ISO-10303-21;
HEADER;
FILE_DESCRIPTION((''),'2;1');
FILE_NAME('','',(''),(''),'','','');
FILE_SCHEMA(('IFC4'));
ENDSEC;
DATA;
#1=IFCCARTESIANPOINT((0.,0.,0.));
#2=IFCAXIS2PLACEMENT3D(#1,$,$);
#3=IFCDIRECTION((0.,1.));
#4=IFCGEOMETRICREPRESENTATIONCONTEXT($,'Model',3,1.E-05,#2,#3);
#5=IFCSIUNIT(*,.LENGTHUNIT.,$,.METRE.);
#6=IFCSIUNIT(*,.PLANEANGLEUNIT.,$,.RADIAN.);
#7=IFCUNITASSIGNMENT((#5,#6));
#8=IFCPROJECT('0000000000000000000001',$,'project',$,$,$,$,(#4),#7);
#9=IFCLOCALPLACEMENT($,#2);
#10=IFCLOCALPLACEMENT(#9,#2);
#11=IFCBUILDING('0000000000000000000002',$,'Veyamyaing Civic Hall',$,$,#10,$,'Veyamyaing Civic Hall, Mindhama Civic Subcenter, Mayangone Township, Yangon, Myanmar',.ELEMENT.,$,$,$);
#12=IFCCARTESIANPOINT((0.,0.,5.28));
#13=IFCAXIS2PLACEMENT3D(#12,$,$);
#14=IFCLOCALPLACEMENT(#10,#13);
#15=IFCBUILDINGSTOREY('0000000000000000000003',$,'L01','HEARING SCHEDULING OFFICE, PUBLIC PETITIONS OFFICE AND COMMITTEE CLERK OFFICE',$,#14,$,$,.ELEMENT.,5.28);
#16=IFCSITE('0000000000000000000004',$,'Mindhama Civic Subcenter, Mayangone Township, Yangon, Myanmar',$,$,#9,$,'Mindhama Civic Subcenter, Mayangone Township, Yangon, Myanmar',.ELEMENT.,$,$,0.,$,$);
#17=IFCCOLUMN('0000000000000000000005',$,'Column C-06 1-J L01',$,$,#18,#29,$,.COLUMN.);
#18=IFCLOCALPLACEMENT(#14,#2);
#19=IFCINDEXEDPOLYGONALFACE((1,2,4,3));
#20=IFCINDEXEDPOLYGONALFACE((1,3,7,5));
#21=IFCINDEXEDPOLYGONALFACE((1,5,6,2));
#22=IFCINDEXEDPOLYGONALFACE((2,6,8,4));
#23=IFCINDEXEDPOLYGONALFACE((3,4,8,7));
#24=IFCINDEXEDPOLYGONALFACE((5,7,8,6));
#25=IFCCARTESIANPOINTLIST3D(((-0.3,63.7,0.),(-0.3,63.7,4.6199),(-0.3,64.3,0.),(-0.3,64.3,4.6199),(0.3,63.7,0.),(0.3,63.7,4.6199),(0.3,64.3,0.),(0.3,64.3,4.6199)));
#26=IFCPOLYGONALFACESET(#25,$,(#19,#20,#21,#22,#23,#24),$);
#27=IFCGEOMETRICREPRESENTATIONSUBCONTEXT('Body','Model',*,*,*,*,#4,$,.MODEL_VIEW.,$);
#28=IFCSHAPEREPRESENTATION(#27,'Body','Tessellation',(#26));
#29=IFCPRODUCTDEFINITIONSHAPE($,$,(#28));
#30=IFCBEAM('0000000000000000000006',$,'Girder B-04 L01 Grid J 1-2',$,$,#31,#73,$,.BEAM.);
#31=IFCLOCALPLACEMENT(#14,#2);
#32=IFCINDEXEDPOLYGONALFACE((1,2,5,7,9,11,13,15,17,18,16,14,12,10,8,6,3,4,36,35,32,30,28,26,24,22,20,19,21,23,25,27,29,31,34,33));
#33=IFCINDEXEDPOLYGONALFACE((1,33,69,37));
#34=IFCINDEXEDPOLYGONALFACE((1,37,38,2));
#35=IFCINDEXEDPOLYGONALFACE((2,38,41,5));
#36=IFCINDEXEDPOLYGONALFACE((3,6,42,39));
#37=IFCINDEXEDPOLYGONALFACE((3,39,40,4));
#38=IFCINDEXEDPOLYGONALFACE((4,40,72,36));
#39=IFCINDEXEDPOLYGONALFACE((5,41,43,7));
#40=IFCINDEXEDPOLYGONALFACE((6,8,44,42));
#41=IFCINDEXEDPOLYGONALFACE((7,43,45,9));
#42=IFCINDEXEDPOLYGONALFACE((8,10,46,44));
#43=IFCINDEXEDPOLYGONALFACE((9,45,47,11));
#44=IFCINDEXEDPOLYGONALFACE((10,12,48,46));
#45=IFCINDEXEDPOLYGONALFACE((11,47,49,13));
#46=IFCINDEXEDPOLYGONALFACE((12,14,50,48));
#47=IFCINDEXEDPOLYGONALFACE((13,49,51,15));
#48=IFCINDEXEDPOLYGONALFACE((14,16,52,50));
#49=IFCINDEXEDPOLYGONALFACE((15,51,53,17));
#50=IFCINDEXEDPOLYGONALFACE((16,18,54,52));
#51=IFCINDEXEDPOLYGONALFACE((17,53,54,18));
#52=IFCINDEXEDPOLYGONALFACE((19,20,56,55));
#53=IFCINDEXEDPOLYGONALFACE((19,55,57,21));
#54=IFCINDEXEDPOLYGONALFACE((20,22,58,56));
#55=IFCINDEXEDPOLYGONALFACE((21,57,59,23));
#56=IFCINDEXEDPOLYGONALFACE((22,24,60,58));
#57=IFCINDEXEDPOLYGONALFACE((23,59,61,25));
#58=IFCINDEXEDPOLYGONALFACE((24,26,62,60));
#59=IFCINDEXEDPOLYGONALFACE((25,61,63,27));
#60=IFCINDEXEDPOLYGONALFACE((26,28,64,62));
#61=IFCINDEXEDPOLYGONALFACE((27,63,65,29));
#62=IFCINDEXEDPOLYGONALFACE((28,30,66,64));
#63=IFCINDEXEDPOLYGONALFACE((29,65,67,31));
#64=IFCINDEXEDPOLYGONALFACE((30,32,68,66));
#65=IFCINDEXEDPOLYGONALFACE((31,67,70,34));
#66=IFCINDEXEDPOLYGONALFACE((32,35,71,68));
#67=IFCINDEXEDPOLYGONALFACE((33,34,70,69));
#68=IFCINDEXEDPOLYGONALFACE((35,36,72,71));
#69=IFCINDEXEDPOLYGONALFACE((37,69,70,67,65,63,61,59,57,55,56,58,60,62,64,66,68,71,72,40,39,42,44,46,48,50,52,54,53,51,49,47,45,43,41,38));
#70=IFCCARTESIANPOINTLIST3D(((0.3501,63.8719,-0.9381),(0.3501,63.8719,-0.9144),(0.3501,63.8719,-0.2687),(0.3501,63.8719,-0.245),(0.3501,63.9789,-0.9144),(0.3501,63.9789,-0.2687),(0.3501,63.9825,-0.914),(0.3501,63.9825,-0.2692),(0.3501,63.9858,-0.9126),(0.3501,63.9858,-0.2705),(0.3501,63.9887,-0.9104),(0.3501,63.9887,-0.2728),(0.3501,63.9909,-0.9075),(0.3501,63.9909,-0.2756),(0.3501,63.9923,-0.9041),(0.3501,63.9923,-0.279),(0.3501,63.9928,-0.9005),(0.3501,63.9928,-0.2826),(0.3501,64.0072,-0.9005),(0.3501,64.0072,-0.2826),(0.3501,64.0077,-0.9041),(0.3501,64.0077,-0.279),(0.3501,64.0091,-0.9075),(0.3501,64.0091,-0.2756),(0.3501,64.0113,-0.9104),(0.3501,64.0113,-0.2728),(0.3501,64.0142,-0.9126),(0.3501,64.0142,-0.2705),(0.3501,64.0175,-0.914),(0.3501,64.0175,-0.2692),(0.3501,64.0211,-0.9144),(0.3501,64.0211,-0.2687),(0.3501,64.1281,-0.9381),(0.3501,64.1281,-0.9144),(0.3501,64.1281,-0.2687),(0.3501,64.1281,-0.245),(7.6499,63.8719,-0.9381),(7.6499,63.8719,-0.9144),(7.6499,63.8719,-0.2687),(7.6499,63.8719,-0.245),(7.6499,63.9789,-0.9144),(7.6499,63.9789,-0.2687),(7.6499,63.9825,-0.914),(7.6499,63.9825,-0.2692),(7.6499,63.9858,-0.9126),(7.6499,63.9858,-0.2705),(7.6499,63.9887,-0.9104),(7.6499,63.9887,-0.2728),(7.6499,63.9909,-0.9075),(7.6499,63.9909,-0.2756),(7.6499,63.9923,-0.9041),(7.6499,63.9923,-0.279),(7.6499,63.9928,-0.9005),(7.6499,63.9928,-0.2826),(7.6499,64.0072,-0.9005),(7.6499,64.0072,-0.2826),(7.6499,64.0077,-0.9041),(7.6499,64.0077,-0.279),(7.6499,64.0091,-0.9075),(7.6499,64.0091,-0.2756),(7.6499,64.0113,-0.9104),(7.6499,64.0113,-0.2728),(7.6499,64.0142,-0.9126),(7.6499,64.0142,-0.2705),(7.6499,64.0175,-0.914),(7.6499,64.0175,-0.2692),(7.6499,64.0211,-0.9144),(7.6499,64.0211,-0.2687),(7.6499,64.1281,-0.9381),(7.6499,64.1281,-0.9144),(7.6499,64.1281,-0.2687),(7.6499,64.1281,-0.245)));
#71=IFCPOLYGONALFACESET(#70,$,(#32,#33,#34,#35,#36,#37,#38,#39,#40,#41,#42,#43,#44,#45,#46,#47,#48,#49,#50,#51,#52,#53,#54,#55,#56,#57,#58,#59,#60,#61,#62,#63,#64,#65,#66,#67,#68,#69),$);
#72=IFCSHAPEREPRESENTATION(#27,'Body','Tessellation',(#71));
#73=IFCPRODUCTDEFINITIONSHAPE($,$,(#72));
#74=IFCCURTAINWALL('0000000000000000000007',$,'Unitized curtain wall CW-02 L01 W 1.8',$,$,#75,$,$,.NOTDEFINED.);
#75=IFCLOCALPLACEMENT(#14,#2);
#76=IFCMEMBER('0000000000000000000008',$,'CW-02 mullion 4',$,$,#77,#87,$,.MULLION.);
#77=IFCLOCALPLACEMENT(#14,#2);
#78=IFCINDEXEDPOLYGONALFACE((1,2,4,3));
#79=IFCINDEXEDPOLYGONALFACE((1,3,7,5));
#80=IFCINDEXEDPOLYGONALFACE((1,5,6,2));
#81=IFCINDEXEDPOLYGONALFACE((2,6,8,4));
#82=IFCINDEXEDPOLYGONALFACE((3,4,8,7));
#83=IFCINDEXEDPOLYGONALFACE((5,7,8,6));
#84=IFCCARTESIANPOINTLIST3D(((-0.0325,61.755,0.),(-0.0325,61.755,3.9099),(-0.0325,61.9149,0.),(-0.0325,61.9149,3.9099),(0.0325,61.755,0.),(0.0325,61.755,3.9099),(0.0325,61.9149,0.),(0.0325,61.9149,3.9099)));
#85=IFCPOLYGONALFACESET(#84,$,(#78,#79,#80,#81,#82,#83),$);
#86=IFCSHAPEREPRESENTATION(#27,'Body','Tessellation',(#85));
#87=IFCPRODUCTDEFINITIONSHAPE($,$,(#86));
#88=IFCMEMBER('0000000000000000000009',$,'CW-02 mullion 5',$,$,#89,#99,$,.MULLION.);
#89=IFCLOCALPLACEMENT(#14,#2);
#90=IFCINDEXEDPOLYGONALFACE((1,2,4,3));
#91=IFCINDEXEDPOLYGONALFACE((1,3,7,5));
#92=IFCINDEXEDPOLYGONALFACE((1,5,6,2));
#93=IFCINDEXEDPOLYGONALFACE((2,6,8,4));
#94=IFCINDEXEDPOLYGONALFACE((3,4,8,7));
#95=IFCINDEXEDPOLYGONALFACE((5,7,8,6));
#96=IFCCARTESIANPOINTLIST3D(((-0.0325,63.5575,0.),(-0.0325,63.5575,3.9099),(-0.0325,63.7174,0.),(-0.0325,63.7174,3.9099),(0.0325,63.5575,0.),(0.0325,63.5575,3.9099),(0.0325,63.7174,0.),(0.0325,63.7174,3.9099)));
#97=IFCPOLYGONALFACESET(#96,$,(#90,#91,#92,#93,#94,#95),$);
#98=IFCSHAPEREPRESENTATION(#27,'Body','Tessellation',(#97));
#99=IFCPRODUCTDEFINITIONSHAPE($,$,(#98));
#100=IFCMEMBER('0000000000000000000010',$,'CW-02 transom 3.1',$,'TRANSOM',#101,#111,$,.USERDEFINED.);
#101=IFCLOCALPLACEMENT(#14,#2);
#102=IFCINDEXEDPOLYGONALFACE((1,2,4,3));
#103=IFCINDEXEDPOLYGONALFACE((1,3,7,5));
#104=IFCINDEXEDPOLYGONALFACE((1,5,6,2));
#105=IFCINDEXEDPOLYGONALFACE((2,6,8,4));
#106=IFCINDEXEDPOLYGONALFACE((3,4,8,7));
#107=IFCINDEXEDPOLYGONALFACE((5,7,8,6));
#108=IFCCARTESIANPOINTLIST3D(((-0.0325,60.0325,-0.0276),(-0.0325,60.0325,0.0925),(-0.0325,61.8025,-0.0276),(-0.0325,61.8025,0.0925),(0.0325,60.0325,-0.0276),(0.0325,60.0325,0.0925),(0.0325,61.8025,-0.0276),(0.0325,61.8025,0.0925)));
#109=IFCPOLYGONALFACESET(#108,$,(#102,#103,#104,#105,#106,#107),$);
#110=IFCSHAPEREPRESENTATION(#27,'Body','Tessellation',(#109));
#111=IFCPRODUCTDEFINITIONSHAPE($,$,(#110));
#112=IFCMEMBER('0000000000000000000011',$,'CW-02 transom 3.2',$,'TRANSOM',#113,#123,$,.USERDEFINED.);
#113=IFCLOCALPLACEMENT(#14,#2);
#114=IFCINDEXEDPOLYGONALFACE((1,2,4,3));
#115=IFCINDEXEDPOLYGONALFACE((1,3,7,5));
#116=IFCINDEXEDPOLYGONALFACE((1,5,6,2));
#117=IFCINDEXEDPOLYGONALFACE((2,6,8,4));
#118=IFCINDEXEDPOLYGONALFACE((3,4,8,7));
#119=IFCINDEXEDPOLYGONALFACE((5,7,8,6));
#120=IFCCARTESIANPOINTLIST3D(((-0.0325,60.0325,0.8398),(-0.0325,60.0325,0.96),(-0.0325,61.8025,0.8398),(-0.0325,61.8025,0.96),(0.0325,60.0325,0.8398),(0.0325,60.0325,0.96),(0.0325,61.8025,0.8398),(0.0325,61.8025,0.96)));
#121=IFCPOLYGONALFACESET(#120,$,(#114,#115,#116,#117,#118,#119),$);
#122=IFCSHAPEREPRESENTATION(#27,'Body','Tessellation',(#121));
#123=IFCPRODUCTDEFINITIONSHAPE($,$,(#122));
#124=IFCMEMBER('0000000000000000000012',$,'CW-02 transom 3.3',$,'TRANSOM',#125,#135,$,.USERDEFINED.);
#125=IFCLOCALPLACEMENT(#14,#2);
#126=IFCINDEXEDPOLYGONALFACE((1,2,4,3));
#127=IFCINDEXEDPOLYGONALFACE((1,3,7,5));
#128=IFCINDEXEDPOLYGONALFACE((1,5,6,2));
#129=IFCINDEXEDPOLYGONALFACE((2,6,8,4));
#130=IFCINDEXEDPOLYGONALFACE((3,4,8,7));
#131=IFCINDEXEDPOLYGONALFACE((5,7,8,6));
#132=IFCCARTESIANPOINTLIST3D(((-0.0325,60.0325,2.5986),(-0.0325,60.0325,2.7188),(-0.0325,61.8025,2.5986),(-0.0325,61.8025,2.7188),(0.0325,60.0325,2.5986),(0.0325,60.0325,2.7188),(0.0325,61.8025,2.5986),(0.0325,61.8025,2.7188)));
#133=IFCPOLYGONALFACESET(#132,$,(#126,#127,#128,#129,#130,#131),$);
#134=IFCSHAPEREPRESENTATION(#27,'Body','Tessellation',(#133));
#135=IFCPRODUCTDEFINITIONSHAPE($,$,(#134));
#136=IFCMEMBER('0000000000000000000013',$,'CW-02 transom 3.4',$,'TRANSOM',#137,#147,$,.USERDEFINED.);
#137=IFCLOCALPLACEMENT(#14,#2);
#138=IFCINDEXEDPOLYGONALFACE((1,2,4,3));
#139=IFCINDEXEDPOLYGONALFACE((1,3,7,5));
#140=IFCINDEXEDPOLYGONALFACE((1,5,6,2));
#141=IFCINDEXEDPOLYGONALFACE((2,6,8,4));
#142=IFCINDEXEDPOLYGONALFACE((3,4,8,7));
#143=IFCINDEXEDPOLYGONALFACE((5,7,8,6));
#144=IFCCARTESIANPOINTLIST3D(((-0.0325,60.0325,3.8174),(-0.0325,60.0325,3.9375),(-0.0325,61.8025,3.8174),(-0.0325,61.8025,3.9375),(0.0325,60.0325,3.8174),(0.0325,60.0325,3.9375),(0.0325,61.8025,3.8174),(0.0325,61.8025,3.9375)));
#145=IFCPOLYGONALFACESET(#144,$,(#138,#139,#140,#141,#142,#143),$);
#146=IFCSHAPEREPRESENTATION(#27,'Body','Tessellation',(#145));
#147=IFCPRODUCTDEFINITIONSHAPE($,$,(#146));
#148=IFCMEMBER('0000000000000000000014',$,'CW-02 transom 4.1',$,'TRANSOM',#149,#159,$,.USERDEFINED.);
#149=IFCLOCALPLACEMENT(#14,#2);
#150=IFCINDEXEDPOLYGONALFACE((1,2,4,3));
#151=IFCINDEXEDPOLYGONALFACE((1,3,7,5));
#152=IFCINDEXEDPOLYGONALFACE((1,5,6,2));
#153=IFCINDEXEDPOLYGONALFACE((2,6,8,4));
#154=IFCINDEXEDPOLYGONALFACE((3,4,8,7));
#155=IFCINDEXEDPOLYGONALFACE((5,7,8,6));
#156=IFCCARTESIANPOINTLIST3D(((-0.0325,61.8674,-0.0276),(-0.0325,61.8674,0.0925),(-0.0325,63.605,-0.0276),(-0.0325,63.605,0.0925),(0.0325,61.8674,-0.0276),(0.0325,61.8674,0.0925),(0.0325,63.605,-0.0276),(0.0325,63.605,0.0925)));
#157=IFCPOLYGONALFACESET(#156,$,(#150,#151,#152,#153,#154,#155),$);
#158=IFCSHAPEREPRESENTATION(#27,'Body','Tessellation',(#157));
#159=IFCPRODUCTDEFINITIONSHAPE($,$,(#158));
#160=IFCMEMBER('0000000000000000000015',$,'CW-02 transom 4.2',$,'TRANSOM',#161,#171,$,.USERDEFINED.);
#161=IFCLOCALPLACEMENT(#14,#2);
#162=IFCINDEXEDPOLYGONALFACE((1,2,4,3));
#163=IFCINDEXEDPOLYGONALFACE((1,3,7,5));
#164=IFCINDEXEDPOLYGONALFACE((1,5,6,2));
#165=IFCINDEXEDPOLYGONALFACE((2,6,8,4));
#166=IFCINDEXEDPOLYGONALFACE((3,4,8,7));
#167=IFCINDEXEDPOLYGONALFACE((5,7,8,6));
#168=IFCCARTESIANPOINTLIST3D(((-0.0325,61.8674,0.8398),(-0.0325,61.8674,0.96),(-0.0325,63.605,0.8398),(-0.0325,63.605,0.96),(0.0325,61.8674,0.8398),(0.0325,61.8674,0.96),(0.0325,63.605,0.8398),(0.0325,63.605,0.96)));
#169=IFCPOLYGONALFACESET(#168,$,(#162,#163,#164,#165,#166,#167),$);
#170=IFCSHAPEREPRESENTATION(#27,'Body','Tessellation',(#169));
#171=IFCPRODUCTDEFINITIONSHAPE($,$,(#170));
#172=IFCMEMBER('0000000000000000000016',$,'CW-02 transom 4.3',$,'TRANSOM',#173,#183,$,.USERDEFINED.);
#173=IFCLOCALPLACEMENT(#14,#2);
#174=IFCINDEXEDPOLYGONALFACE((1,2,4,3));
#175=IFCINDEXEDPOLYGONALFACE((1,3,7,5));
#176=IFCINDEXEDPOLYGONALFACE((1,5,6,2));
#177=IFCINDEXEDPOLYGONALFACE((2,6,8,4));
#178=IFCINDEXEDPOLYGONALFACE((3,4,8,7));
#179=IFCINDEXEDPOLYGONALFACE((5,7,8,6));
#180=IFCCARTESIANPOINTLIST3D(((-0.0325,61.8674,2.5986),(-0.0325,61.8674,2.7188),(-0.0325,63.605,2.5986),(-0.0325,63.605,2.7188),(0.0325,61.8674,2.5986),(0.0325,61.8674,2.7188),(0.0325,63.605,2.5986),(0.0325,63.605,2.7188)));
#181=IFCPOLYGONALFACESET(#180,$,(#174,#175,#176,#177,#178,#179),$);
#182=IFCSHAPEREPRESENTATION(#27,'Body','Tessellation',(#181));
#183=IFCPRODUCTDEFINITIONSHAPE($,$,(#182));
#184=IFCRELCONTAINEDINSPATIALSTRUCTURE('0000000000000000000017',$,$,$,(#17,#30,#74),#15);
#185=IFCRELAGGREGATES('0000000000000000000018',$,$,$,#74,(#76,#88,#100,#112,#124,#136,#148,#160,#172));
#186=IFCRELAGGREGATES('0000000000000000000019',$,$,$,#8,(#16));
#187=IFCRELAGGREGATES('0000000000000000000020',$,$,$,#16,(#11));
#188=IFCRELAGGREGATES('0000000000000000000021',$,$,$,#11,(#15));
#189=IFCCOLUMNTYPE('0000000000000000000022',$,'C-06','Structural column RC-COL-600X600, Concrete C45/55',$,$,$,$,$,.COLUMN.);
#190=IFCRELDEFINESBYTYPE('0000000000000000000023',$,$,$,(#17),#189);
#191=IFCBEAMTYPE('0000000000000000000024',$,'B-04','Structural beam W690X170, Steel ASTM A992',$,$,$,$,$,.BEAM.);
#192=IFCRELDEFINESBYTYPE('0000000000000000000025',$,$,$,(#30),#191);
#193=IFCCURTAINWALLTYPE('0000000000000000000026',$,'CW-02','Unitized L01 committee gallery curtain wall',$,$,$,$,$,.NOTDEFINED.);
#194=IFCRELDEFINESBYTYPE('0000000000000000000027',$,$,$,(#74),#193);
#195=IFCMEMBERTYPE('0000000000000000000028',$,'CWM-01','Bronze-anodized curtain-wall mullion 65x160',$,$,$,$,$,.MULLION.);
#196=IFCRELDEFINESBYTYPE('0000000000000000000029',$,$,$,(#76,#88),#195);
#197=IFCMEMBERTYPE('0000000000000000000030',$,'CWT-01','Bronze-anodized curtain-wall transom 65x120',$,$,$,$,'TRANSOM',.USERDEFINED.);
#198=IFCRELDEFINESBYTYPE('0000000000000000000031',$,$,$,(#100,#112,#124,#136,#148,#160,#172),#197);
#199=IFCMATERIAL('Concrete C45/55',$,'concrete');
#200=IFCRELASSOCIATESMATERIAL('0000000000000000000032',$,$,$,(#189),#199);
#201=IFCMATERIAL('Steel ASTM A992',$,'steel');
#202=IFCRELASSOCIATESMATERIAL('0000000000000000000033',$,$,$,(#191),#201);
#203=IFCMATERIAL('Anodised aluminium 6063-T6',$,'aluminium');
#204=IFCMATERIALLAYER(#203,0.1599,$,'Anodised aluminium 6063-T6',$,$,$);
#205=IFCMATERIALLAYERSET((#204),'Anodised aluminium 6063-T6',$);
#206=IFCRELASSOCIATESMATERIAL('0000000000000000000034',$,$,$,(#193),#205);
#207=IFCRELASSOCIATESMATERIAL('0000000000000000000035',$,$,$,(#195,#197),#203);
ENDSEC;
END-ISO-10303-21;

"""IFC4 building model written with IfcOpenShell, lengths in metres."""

from ifc_helpers import new_model, si_unit, direction, frame, origin, origin_2d, place, context, subcontext, project, spatial, rectangle, i_section, extrude, material, layer, layer_set, material_profile, profile_set, type_object, element, aggregate, save


model = new_model("IFC4")

# Units and contexts
model_context = context("Model", 3, precision=1e-05, world=origin(), true_north=direction((0.0, 1.0)))
body_context = subcontext(model_context, "Body", "Model", "MODEL_VIEW")
ifc_project = project(units=[si_unit("LENGTHUNIT", "METRE"), si_unit("PLANEANGLEUNIT", "RADIAN")], contexts=[model_context])

# Site, building, storey
site_placement = place(None, origin())
site = spatial("IfcSite", under=ifc_project, at=site_placement, Name="Mindhama Civic Subcenter, Mayangone Township, Yangon, Myanmar", LongName="Mindhama Civic Subcenter, Mayangone Township, Yangon, Myanmar", CompositionType="ELEMENT", RefElevation=0.0)
building_placement = place(site_placement, origin())
building = spatial("IfcBuilding", under=site, at=building_placement, Name="Veyamyaing Civic Hall", LongName="Veyamyaing Civic Hall, Mindhama Civic Subcenter, Mayangone Township, Yangon, Myanmar", CompositionType="ELEMENT")
storey_placement = place(building_placement, frame((0.0, 0.0, 5.28)))
storey = spatial("IfcBuildingStorey", under=building, at=storey_placement, Name="L01", Description="HEARING SCHEDULING OFFICE, PUBLIC PETITIONS OFFICE AND COMMITTEE CLERK OFFICE", CompositionType="ELEMENT", Elevation=5.28)

# Column
ifc_material_1 = material(Name="Concrete C45/55", Category="concrete")
ifc_material_profile_1 = material_profile(ifc_material_1, rectangle(XDim=0.6001, YDim=0.6001, at=origin_2d()), Name="RC-COL-600X600")
ifc_profile_set_1 = profile_set([ifc_material_profile_1], Name="Concrete C45/55")
column_type = type_object("IfcColumnType", Name="C-06", Description="Structural column RC-COL-600X600, Concrete C45/55", PredefinedType="COLUMN", material=ifc_profile_set_1)
column_placement = place(storey_placement, frame((0.0, 64.0, 0.0), z_axis=(0.0, 0.0, 1.0), x_axis=(1.0, 0.0, 0.0)))
element("IfcColumn", 1, at=column_placement, inside=storey, type_object=column_type, Name="Column C-06 1-J L01", PredefinedType="COLUMN", context=body_context, shape_type="SweptSolid", body=[
    extrude(rectangle(XDim=0.6001, YDim=0.6001, at=origin_2d()), origin(), (0.0, 0.0, 1.0), 4.6199),
])

# Beam
ifc_material_2 = material(Name="Steel ASTM A992", Category="steel")
ifc_material_profile_2 = material_profile(ifc_material_2, i_section(OverallWidth=0.2561, OverallDepth=0.6931, WebThickness=0.0144, FlangeThickness=0.0237, FilletRadius=0.0139, at=origin_2d()), Name="W690X170")
ifc_profile_set_2 = profile_set([ifc_material_profile_2], Name="Steel ASTM A992")
beam_type_1 = type_object("IfcBeamType", Name="B-04", Description="Structural beam W690X170, Steel ASTM A992", PredefinedType="BEAM", material=ifc_profile_set_2)
beam_1_placement = place(storey_placement, frame((0.3501, 64.0, -0.5916), z_axis=(1.0, 0.0, 0.0), x_axis=(0.0, 1.0, 0.0)))
element("IfcBeam", 2, at=beam_1_placement, inside=storey, type_object=beam_type_1, Name="Girder B-04 L01 Grid J 1-2", PredefinedType="BEAM", context=body_context, shape_type="SweptSolid", body=[
    extrude(i_section(OverallWidth=0.2561, OverallDepth=0.6931, WebThickness=0.0144, FlangeThickness=0.0237, FilletRadius=0.0139, at=origin_2d()), origin(), (0.0, 0.0, 1.0), 7.2998),
])

# Curtain wall, members
ifc_material_3 = material(Name="Anodised aluminium 6063-T6", Category="aluminium")
ifc_layer_1 = layer(ifc_material_3, 0.1599, Name="Anodised aluminium 6063-T6")
ifc_layer_set_1 = layer_set([ifc_layer_1], Name="Anodised aluminium 6063-T6")
curtain_wall_type = type_object("IfcCurtainWallType", Name="CW-02", Description="Unitized L01 committee gallery curtain wall", PredefinedType="NOTDEFINED", material=ifc_layer_set_1)
curtain_wall_placement = place(storey_placement, origin())
curtain_wall = element("IfcCurtainWall", 3, at=curtain_wall_placement, inside=storey, type_object=curtain_wall_type, Name="Unitized curtain wall CW-02 L01 W 1.8", PredefinedType="NOTDEFINED")
ifc_material_profile_3 = material_profile(ifc_material_3, rectangle(XDim=0.0649, YDim=0.1599, at=origin_2d()), Name="ALU-MUL-65X160")
ifc_profile_set_3 = profile_set([ifc_material_profile_3], Name="Anodised aluminium 6063-T6")
member_type_1 = type_object("IfcMemberType", Name="CWM-01", Description="Bronze-anodized curtain-wall mullion 65x160", PredefinedType="MULLION", material=ifc_profile_set_3)
member_1_placement = place(storey_placement, frame((0.0, 61.835, 0.0), z_axis=(0.0, 0.0, 1.0), x_axis=(-1.0, 0.0, 0.0)))
member_1 = element("IfcMember", 4, at=member_1_placement, type_object=member_type_1, Name="CW-02 mullion 4", PredefinedType="MULLION", context=body_context, shape_type="SweptSolid", body=[
    extrude(rectangle(XDim=0.0649, YDim=0.1599, at=origin_2d()), origin(), (0.0, 0.0, 1.0), 3.9099),
])
member_2_placement = place(storey_placement, frame((0.0, 63.6375, 0.0), z_axis=(0.0, 0.0, 1.0), x_axis=(-1.0, 0.0, 0.0)))
member_2 = element("IfcMember", 5, at=member_2_placement, type_object=member_type_1, Name="CW-02 mullion 5", PredefinedType="MULLION", context=body_context, shape_type="SweptSolid", body=[
    extrude(rectangle(XDim=0.0649, YDim=0.1599, at=origin_2d()), origin(), (0.0, 0.0, 1.0), 3.9099),
])
ifc_material_profile_4 = material_profile(ifc_material_3, rectangle(XDim=0.0649, YDim=0.1201, at=origin_2d()), Name="ALU-TRN-65X120")
ifc_profile_set_4 = profile_set([ifc_material_profile_4], Name="Anodised aluminium 6063-T6")
member_type_2 = type_object("IfcMemberType", Name="CWT-01", Description="Bronze-anodized curtain-wall transom 65x120", ElementType="TRANSOM", PredefinedType="USERDEFINED", material=ifc_profile_set_4)
member_3_placement = place(storey_placement, frame((0.0, 60.0325, 0.0325), z_axis=(0.0, 1.0, 0.0), x_axis=(-1.0, 0.0, 0.0)))
member_3 = element("IfcMember", 6, at=member_3_placement, type_object=member_type_2, Name="CW-02 transom 3.1", ObjectType="TRANSOM", PredefinedType="USERDEFINED", context=body_context, shape_type="SweptSolid", body=[
    extrude(rectangle(XDim=0.0649, YDim=0.1201, at=origin_2d()), origin(), (0.0, 0.0, 1.0), 1.77),
])
member_4_placement = place(storey_placement, frame((0.0, 60.0325, 0.8999), z_axis=(0.0, 1.0, 0.0), x_axis=(-1.0, 0.0, 0.0)))
member_4 = element("IfcMember", 7, at=member_4_placement, type_object=member_type_2, Name="CW-02 transom 3.2", ObjectType="TRANSOM", PredefinedType="USERDEFINED", context=body_context, shape_type="SweptSolid", body=[
    extrude(rectangle(XDim=0.0649, YDim=0.1201, at=origin_2d()), origin(), (0.0, 0.0, 1.0), 1.77),
])
member_5_placement = place(storey_placement, frame((0.0, 60.0325, 2.6587), z_axis=(0.0, 1.0, 0.0), x_axis=(-1.0, 0.0, 0.0)))
member_5 = element("IfcMember", 8, at=member_5_placement, type_object=member_type_2, Name="CW-02 transom 3.3", ObjectType="TRANSOM", PredefinedType="USERDEFINED", context=body_context, shape_type="SweptSolid", body=[
    extrude(rectangle(XDim=0.0649, YDim=0.1201, at=origin_2d()), origin(), (0.0, 0.0, 1.0), 1.77),
])
member_6_placement = place(storey_placement, frame((0.0, 60.0325, 3.8774), z_axis=(0.0, 1.0, 0.0), x_axis=(-1.0, 0.0, 0.0)))
member_6 = element("IfcMember", 9, at=member_6_placement, type_object=member_type_2, Name="CW-02 transom 3.4", ObjectType="TRANSOM", PredefinedType="USERDEFINED", context=body_context, shape_type="SweptSolid", body=[
    extrude(rectangle(XDim=0.0649, YDim=0.1201, at=origin_2d()), origin(), (0.0, 0.0, 1.0), 1.77),
])
member_7_placement = place(storey_placement, frame((0.0, 61.8674, 0.0325), z_axis=(0.0, 1.0, 0.0), x_axis=(-1.0, 0.0, 0.0)))
member_7 = element("IfcMember", 10, at=member_7_placement, type_object=member_type_2, Name="CW-02 transom 4.1", ObjectType="TRANSOM", PredefinedType="USERDEFINED", context=body_context, shape_type="SweptSolid", body=[
    extrude(rectangle(XDim=0.0649, YDim=0.1201, at=origin_2d()), origin(), (0.0, 0.0, 1.0), 1.7375),
])
member_8_placement = place(storey_placement, frame((0.0, 61.8674, 0.8999), z_axis=(0.0, 1.0, 0.0), x_axis=(-1.0, 0.0, 0.0)))
member_8 = element("IfcMember", 11, at=member_8_placement, type_object=member_type_2, Name="CW-02 transom 4.2", ObjectType="TRANSOM", PredefinedType="USERDEFINED", context=body_context, shape_type="SweptSolid", body=[
    extrude(rectangle(XDim=0.0649, YDim=0.1201, at=origin_2d()), origin(), (0.0, 0.0, 1.0), 1.7375),
])
member_9_placement = place(storey_placement, frame((0.0, 61.8674, 2.6587), z_axis=(0.0, 1.0, 0.0), x_axis=(-1.0, 0.0, 0.0)))
member_9 = element("IfcMember", 12, at=member_9_placement, type_object=member_type_2, Name="CW-02 transom 4.3", ObjectType="TRANSOM", PredefinedType="USERDEFINED", context=body_context, shape_type="SweptSolid", body=[
    extrude(rectangle(XDim=0.0649, YDim=0.1201, at=origin_2d()), origin(), (0.0, 0.0, 1.0), 1.7375),
])

aggregate(curtain_wall, [member_1, member_2, member_3, member_4, member_5, member_6, member_7, member_8, member_9])

save(model, "model.ifc")
